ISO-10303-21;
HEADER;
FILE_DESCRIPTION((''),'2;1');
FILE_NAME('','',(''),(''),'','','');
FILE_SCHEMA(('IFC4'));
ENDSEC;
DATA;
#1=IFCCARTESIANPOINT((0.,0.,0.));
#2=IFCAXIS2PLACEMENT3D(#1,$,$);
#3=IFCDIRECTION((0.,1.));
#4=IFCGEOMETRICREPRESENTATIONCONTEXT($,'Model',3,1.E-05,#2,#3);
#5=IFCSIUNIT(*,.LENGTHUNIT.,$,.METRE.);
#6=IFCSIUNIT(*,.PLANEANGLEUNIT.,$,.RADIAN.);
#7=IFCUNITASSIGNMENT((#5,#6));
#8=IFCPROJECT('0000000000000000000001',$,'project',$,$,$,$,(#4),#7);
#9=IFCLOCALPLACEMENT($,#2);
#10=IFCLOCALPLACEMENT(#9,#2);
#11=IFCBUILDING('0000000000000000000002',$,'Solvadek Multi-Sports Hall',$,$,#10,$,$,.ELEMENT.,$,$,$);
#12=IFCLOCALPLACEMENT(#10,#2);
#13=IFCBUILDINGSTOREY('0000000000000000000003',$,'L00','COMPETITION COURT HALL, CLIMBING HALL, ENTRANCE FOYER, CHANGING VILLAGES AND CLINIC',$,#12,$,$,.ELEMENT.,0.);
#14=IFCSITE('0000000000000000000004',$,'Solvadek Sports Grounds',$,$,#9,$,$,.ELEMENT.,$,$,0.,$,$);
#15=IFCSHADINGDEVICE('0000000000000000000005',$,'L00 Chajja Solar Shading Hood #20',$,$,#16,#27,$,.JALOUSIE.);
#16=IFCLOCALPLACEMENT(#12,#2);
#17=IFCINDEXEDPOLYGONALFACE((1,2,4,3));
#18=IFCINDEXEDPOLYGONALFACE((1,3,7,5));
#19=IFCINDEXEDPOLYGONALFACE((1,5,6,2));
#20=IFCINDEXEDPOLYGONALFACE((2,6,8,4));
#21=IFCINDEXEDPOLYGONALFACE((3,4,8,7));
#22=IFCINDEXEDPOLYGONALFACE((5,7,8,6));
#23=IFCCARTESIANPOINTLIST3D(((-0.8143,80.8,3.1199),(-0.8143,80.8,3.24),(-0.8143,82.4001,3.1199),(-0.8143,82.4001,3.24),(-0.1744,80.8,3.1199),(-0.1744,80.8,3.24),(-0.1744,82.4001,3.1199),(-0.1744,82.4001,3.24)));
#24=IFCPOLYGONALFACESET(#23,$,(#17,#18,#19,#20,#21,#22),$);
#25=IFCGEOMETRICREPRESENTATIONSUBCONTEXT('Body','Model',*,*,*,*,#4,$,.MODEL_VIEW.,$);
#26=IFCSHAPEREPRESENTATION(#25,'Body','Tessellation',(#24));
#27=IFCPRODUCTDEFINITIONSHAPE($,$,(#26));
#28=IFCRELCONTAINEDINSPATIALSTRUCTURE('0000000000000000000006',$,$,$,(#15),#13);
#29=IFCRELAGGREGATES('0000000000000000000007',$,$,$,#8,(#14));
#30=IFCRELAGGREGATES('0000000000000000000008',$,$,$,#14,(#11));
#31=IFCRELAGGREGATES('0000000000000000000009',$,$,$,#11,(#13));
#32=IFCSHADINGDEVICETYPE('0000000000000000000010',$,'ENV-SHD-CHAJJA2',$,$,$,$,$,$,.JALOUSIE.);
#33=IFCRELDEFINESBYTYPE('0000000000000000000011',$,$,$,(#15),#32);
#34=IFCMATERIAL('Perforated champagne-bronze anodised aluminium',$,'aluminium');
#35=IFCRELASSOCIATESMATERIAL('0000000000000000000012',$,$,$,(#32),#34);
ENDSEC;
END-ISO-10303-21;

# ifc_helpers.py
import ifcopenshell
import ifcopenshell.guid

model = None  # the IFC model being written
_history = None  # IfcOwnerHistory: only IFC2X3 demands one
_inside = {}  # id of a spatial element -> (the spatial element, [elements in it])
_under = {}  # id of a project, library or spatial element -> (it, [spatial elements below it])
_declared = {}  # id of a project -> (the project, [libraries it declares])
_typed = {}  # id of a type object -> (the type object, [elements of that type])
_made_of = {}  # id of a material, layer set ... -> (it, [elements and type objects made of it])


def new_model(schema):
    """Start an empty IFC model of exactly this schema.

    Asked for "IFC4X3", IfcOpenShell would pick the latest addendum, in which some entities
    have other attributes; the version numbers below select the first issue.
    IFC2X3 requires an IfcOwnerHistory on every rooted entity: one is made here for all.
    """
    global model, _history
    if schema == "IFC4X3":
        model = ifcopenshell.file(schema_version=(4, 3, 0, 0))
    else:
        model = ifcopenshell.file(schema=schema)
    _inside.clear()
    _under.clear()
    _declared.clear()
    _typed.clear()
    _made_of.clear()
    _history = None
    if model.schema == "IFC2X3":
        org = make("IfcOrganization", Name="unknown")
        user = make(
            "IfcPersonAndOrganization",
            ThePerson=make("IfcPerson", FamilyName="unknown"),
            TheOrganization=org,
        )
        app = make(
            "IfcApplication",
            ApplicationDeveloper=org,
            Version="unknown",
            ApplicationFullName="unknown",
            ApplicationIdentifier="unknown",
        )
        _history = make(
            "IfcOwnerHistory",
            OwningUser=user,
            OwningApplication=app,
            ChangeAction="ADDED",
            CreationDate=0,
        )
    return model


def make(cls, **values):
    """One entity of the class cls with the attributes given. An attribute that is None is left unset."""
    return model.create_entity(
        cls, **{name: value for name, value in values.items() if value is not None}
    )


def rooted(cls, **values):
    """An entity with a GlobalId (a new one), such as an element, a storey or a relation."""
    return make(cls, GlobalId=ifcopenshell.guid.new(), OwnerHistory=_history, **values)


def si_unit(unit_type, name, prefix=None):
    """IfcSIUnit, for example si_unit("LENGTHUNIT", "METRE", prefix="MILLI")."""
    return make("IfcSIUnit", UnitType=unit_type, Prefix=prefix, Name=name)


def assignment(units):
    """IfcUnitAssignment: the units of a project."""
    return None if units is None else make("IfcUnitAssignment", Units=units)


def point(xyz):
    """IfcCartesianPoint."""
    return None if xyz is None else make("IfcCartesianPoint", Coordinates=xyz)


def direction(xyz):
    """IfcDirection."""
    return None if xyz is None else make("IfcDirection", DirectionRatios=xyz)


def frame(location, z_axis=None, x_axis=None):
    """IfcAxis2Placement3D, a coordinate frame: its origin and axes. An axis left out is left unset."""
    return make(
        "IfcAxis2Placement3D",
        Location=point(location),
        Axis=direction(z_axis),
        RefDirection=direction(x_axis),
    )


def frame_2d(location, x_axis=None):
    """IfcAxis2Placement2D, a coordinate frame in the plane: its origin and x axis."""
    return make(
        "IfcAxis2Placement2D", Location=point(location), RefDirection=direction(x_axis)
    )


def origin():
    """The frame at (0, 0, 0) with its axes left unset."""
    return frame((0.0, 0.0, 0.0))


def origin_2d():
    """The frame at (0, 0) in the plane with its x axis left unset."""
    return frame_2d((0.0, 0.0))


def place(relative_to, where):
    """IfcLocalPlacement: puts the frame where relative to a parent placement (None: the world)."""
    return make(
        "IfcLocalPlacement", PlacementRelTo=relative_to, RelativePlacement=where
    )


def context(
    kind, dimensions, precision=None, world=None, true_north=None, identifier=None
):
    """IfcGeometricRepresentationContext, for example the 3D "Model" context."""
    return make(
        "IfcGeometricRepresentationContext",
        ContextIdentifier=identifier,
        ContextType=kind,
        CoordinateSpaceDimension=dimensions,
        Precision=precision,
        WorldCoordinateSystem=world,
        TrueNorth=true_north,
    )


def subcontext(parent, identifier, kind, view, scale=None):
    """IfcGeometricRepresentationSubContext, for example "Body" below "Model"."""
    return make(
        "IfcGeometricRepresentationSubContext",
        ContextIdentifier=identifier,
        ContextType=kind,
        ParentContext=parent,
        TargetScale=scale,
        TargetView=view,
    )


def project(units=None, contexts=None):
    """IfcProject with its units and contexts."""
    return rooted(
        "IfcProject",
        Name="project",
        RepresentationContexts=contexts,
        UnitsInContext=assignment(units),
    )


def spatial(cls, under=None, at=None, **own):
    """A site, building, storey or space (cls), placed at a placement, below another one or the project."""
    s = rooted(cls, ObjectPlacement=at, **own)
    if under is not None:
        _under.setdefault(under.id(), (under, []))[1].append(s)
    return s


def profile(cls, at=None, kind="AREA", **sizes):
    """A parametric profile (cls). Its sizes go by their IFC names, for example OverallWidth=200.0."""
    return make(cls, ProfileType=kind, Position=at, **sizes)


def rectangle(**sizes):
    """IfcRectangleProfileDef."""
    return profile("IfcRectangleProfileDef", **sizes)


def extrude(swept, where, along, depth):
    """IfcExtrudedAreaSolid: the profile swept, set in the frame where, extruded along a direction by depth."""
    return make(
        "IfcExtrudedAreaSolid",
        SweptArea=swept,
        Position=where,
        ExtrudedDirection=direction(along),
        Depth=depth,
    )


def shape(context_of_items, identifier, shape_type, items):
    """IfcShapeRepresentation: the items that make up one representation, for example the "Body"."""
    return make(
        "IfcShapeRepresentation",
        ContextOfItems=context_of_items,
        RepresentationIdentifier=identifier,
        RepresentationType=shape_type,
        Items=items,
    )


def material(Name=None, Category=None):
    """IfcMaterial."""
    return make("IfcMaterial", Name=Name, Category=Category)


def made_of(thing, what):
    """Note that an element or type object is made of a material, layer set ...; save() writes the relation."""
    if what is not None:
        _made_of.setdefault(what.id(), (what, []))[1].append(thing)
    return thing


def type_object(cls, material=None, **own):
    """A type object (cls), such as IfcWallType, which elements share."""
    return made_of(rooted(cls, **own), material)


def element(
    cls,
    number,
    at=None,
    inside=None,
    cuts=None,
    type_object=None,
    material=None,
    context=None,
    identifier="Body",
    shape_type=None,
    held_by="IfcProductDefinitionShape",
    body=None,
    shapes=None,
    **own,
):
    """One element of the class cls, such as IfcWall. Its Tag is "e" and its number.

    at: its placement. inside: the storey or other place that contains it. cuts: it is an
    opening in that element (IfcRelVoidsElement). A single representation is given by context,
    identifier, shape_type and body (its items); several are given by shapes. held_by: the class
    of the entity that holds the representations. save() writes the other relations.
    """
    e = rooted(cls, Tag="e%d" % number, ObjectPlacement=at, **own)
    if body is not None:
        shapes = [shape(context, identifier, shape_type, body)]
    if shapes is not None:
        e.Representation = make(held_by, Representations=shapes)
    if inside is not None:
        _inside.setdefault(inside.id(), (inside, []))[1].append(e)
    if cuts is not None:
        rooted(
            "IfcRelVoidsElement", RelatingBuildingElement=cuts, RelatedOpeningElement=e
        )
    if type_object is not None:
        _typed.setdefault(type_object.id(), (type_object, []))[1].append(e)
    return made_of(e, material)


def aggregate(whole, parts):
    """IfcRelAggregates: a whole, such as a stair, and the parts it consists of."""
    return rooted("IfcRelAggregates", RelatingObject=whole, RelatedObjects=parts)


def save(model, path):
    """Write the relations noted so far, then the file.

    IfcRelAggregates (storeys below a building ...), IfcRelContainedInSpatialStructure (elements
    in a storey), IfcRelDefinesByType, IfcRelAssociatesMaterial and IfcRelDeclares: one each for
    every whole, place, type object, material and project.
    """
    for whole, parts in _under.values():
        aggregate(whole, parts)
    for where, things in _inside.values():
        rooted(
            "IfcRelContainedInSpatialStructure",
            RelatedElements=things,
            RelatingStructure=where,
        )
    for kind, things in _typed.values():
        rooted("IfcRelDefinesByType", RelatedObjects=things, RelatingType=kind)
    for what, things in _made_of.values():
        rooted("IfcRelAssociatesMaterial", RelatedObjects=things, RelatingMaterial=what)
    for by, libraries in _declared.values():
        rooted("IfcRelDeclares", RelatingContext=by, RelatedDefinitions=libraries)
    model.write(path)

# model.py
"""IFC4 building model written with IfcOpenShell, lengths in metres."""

from ifc_helpers import new_model, si_unit, direction, frame, origin, origin_2d, place, context, subcontext, project, spatial, rectangle, extrude, material, type_object, element, save


model = new_model("IFC4")

# Units and contexts
model_context = context("Model", 3, precision=1e-05, world=origin(), true_north=direction((0.0, 1.0)))
body_context = subcontext(model_context, "Body", "Model", "MODEL_VIEW")
ifc_project = project(units=[si_unit("LENGTHUNIT", "METRE"), si_unit("PLANEANGLEUNIT", "RADIAN")], contexts=[model_context])

# Site, building, storey
site_placement = place(None, origin())
site = spatial("IfcSite", under=ifc_project, at=site_placement, Name="Solvadek Sports Grounds", CompositionType="ELEMENT", RefElevation=0.0)
building_placement = place(site_placement, origin())
building = spatial("IfcBuilding", under=site, at=building_placement, Name="Solvadek Multi-Sports Hall", CompositionType="ELEMENT")
storey_placement = place(building_placement, origin())
storey = spatial("IfcBuildingStorey", under=building, at=storey_placement, Name="L00", Description="COMPETITION COURT HALL, CLIMBING HALL, ENTRANCE FOYER, CHANGING VILLAGES AND CLINIC", CompositionType="ELEMENT", Elevation=0.0)

# Shading device
ifc_material_1 = material(Name="Perforated champagne-bronze anodised aluminium", Category="aluminium")
shading_device_type_1 = type_object("IfcShadingDeviceType", Name="ENV-SHD-CHAJJA2", PredefinedType="JALOUSIE", material=ifc_material_1)
shading_device_1_placement = place(storey_placement, frame((-0.4944, 81.6001, 3.1199), z_axis=(0.0, 0.0, 1.0), x_axis=(0.0, 1.0, 0.0)))
element("IfcShadingDevice", 1, at=shading_device_1_placement, inside=storey, type_object=shading_device_type_1, Name="L00 Chajja Solar Shading Hood #20", PredefinedType="JALOUSIE", context=body_context, shape_type="SweptSolid", body=[
    extrude(rectangle(XDim=1.6001, YDim=0.6399, at=origin_2d()), origin(), (0.0, 0.0, 1.0), 0.1201),
])

save(model, "model.ifc")
